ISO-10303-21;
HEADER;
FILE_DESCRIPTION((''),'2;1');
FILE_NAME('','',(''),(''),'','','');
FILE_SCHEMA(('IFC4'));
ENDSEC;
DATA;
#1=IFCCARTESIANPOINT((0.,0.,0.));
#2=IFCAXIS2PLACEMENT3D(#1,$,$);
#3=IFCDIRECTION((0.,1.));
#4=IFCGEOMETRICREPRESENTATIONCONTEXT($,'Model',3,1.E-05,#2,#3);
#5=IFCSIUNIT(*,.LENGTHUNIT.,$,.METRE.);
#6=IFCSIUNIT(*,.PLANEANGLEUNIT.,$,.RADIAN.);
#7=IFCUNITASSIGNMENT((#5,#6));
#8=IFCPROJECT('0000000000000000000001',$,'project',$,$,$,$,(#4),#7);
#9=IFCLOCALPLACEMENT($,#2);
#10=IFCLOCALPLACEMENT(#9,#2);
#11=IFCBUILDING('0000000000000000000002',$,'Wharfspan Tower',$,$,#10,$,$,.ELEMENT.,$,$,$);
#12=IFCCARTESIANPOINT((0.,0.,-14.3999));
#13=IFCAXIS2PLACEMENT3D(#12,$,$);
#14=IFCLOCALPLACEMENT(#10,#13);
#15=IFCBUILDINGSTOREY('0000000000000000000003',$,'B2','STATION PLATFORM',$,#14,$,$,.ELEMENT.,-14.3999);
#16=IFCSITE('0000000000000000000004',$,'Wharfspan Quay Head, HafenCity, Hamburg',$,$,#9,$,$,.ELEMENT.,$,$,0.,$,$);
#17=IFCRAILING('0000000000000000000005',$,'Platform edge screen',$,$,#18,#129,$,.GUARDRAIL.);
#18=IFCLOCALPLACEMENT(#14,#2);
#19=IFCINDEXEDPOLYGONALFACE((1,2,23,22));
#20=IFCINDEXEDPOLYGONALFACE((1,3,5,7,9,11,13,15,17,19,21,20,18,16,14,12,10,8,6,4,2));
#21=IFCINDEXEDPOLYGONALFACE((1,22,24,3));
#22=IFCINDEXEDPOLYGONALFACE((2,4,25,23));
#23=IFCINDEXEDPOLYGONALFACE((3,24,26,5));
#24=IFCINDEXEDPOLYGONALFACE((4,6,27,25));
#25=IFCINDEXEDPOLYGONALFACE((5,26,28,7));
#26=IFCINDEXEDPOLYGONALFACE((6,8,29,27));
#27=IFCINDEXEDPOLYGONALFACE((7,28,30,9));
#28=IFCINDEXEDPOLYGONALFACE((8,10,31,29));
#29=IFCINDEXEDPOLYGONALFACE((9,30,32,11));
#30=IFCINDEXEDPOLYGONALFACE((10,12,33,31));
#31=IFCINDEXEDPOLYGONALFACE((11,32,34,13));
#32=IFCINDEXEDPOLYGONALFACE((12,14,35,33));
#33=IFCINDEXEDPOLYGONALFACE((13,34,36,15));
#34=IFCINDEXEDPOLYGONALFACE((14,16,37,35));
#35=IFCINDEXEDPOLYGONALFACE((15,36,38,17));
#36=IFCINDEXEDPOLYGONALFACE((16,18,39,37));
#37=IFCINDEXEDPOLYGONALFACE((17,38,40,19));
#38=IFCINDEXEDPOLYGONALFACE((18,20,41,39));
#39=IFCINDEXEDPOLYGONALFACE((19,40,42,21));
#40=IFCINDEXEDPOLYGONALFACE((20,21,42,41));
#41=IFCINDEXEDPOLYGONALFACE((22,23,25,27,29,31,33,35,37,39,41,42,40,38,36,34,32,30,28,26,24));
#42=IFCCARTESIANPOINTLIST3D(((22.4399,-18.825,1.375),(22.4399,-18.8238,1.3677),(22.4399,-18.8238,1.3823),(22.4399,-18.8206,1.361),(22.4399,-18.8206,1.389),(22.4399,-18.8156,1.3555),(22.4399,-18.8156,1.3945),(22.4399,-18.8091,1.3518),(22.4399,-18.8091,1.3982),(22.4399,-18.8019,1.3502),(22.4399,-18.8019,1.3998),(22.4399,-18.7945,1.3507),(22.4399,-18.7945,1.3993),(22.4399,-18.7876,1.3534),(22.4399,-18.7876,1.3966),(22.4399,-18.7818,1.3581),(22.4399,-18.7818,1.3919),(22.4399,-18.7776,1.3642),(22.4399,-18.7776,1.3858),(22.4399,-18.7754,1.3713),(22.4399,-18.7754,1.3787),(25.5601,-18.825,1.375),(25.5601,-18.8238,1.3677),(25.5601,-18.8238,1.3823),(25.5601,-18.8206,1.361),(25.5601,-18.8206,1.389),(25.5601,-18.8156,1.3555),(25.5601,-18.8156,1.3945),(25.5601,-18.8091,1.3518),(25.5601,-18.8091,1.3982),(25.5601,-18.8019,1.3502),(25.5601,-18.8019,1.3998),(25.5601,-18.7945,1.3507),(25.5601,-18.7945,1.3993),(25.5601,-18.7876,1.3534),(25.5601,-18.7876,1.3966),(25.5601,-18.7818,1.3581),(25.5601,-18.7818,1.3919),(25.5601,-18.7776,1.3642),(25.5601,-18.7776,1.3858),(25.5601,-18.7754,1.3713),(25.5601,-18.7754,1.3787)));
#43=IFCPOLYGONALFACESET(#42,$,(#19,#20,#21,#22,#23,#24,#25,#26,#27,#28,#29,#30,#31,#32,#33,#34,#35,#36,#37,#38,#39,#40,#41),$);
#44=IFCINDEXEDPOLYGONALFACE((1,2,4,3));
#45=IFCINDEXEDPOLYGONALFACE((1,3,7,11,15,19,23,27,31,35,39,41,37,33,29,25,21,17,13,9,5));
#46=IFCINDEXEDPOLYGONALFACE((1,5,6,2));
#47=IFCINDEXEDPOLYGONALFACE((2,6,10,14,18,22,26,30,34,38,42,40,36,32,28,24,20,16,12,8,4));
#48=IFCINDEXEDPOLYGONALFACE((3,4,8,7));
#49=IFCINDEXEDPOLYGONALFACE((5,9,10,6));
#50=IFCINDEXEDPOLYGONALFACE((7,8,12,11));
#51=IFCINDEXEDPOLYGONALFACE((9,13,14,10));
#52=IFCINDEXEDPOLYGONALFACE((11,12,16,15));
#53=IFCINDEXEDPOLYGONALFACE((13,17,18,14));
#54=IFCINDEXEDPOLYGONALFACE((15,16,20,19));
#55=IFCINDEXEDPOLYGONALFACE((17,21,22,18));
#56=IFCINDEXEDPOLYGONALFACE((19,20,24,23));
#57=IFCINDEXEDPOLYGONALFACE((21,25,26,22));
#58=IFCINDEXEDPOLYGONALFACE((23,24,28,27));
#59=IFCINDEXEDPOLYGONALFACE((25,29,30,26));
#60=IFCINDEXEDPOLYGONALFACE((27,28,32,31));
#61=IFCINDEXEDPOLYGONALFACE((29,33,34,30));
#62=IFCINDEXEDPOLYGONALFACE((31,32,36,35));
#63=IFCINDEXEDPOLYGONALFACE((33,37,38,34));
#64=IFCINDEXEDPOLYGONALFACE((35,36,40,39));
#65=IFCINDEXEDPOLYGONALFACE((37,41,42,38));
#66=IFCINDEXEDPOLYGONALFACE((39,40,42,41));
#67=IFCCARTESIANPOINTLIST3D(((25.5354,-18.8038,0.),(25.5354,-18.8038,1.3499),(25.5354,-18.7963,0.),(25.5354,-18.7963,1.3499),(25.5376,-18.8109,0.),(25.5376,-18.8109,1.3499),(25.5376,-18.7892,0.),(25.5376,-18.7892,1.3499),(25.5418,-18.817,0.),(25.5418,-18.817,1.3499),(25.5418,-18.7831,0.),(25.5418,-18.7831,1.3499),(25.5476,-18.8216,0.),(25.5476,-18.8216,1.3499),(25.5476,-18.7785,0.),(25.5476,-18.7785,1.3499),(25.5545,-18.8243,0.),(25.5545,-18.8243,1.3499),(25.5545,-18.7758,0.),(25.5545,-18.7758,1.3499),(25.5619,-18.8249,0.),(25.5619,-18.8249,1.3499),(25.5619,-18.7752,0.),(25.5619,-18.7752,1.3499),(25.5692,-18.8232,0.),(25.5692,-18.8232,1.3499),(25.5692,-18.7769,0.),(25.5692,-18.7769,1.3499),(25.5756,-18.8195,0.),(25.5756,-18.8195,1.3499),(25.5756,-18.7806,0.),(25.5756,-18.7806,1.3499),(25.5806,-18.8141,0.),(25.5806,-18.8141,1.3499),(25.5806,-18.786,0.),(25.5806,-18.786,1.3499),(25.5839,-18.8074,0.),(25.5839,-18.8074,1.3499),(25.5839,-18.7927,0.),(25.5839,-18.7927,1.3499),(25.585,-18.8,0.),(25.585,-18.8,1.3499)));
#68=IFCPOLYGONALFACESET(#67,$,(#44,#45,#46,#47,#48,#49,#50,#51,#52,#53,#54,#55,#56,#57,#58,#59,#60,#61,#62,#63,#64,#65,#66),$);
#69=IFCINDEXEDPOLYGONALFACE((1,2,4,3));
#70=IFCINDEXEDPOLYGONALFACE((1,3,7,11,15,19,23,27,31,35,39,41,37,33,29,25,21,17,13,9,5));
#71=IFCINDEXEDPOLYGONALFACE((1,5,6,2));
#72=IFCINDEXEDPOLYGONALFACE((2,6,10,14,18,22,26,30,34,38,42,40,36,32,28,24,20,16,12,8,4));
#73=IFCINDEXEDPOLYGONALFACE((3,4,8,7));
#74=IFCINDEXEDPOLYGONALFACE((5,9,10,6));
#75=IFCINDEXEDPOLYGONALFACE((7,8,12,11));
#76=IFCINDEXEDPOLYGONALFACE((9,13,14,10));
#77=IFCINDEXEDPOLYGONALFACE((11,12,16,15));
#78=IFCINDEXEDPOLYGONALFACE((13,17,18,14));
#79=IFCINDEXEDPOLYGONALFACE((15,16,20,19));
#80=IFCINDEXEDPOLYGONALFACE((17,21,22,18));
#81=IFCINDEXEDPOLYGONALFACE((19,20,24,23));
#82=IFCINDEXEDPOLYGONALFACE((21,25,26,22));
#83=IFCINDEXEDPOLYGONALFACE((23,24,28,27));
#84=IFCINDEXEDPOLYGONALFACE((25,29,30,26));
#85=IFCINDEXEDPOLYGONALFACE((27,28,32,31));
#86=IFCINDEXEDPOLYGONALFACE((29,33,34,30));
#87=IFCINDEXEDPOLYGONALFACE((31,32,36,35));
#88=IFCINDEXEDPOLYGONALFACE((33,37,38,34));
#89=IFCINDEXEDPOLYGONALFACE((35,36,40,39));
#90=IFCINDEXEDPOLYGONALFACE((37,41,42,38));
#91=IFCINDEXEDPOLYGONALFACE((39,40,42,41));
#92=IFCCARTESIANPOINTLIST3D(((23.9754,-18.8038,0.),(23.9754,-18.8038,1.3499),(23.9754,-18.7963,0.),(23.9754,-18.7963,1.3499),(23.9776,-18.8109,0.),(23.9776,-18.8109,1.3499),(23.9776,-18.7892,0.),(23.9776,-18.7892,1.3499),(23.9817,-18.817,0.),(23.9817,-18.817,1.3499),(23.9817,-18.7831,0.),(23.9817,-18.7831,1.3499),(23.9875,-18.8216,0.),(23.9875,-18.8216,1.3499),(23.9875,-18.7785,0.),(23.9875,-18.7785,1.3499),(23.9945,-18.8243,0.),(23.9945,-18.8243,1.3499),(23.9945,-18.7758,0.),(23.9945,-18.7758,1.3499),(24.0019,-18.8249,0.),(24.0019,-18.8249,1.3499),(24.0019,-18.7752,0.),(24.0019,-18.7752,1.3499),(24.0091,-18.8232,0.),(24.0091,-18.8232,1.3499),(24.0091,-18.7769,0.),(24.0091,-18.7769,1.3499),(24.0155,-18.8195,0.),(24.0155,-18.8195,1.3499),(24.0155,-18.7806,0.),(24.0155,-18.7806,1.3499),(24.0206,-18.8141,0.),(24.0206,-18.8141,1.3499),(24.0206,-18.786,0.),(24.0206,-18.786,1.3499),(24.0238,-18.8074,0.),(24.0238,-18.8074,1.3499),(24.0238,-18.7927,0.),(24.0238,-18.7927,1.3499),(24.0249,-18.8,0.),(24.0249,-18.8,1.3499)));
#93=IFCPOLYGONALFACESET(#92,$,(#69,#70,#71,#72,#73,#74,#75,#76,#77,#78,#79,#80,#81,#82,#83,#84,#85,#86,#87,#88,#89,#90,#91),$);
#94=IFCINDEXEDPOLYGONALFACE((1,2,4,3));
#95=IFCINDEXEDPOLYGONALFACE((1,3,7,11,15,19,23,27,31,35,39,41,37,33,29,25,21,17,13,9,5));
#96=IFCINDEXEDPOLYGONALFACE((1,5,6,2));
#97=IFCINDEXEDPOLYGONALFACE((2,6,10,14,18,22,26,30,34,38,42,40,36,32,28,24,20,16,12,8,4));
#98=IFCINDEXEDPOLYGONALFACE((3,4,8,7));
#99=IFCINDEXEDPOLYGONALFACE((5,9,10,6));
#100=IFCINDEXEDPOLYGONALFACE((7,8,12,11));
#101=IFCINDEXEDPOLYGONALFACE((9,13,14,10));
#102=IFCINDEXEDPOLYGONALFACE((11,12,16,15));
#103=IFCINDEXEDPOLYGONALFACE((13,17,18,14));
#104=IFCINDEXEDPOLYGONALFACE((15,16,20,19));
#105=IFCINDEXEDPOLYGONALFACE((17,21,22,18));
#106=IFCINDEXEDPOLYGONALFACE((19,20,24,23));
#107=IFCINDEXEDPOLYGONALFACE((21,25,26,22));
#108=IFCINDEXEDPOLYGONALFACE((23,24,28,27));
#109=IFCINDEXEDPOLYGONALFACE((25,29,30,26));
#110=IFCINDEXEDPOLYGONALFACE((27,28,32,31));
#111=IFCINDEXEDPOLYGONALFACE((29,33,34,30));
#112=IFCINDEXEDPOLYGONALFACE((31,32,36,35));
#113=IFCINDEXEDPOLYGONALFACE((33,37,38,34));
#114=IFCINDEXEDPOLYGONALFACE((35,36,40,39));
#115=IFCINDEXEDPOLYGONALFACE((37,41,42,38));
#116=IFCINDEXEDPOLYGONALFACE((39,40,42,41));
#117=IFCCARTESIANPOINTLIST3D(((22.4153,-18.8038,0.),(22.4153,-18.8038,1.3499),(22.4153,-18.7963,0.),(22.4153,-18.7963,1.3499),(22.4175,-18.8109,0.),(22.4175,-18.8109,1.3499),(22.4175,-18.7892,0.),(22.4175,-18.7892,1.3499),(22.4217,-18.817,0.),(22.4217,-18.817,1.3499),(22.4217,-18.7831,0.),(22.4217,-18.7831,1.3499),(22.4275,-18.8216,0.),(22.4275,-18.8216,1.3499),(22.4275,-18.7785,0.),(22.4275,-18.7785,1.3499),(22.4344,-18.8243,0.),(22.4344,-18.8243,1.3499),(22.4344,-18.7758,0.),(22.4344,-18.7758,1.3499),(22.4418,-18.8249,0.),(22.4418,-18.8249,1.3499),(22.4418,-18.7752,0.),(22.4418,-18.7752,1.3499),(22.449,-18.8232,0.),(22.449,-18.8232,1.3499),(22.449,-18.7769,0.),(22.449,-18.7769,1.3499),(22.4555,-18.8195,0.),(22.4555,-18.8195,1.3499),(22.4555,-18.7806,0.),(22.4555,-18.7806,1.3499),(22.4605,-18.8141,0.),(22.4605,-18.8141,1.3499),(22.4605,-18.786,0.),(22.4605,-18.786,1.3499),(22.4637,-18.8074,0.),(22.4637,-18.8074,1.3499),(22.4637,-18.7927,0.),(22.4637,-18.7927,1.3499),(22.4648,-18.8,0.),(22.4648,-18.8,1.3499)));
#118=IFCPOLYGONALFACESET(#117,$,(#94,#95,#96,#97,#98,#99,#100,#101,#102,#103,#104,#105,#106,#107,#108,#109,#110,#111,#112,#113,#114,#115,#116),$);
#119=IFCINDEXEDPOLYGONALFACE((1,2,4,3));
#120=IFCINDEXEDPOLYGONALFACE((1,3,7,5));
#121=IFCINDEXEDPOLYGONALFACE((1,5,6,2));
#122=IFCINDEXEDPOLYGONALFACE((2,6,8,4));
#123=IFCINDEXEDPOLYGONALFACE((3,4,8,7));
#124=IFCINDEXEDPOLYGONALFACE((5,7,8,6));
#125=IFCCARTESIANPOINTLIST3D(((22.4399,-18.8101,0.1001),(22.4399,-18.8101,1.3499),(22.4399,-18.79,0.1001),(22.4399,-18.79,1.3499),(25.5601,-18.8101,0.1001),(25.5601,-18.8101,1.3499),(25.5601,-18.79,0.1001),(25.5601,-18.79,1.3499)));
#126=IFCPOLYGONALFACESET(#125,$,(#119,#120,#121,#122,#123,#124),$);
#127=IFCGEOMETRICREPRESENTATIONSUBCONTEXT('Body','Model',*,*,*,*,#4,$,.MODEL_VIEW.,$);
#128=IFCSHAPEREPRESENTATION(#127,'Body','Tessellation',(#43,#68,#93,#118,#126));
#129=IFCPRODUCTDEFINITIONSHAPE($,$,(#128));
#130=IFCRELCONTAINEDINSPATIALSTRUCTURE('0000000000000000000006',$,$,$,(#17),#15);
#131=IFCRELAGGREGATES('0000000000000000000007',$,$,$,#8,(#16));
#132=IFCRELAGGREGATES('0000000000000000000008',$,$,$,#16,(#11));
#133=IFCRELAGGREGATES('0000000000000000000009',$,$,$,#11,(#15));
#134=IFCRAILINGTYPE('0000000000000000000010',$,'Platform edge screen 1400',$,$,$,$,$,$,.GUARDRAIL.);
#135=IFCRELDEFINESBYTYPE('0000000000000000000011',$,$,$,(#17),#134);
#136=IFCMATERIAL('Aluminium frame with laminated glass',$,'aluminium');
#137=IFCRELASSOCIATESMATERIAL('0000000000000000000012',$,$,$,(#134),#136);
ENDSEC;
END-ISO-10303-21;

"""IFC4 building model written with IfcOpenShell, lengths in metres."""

from ifc_helpers import new_model, si_unit, direction, frame, origin, origin_2d, place, context, subcontext, project, spatial, rectangle, circle, extrude, material, type_object, element, save


model = new_model("IFC4")

# Units and contexts
model_context = context("Model", 3, precision=1e-05, world=origin(), true_north=direction((0.0, 1.0)))
body_context = subcontext(model_context, "Body", "Model", "MODEL_VIEW")
ifc_project = project(units=[si_unit("LENGTHUNIT", "METRE"), si_unit("PLANEANGLEUNIT", "RADIAN")], contexts=[model_context])

# Site, building, storey
site_placement = place(None, origin())
site = spatial("IfcSite", under=ifc_project, at=site_placement, Name="Wharfspan Quay Head, HafenCity, Hamburg", CompositionType="ELEMENT", RefElevation=0.0)
building_placement = place(site_placement, origin())
building = spatial("IfcBuilding", under=site, at=building_placement, Name="Wharfspan Tower", CompositionType="ELEMENT")
storey_placement = place(building_placement, frame((0.0, 0.0, -14.3999)))
storey = spatial("IfcBuildingStorey", under=building, at=storey_placement, Name="B2", Description="STATION PLATFORM", CompositionType="ELEMENT", Elevation=-14.3999)

# Railing
ifc_material_1 = material(Name="Aluminium frame with laminated glass", Category="aluminium")
railing_type_1 = type_object("IfcRailingType", Name="Platform edge screen 1400", PredefinedType="GUARDRAIL", material=ifc_material_1)
for number, where, name in (
    (1, (25.5601, -18.8, 0.0), "Platform edge screen"),
):
    element("IfcRailing", number, at=place(storey_placement, frame(where)), inside=storey, type_object=railing_type_1, Name=name, PredefinedType="GUARDRAIL", context=body_context, shape_type="SweptSolid", body=[
        extrude(circle(Radius=0.0249, at=origin_2d()), frame((0.0, 0.0, 1.375), z_axis=(-1.0, 0.0, 0.0), x_axis=(0.0, -1.0, 0.0)), (0.0, 0.0, 1.0), 3.1201),
        extrude(circle(Radius=0.0249, at=origin_2d()), origin(), (0.0, 0.0, 1.0), 1.3499),
        extrude(circle(Radius=0.0249, at=origin_2d()), frame((-1.5601, 0.0, 0.0)), (0.0, 0.0, 1.0), 1.3499),
        extrude(circle(Radius=0.0249, at=origin_2d()), frame((-3.1201, 0.0, 0.0)), (0.0, 0.0, 1.0), 1.3499),
        extrude(rectangle(XDim=3.1201, YDim=0.02, at=origin_2d()), frame((-1.5601, 0.0, 0.1001), z_axis=(0.0, 0.0, 1.0), x_axis=(-1.0, 0.0, 0.0)), (0.0, 0.0, 1.0), 1.2498),
    ])

save(model, "model.ifc")
